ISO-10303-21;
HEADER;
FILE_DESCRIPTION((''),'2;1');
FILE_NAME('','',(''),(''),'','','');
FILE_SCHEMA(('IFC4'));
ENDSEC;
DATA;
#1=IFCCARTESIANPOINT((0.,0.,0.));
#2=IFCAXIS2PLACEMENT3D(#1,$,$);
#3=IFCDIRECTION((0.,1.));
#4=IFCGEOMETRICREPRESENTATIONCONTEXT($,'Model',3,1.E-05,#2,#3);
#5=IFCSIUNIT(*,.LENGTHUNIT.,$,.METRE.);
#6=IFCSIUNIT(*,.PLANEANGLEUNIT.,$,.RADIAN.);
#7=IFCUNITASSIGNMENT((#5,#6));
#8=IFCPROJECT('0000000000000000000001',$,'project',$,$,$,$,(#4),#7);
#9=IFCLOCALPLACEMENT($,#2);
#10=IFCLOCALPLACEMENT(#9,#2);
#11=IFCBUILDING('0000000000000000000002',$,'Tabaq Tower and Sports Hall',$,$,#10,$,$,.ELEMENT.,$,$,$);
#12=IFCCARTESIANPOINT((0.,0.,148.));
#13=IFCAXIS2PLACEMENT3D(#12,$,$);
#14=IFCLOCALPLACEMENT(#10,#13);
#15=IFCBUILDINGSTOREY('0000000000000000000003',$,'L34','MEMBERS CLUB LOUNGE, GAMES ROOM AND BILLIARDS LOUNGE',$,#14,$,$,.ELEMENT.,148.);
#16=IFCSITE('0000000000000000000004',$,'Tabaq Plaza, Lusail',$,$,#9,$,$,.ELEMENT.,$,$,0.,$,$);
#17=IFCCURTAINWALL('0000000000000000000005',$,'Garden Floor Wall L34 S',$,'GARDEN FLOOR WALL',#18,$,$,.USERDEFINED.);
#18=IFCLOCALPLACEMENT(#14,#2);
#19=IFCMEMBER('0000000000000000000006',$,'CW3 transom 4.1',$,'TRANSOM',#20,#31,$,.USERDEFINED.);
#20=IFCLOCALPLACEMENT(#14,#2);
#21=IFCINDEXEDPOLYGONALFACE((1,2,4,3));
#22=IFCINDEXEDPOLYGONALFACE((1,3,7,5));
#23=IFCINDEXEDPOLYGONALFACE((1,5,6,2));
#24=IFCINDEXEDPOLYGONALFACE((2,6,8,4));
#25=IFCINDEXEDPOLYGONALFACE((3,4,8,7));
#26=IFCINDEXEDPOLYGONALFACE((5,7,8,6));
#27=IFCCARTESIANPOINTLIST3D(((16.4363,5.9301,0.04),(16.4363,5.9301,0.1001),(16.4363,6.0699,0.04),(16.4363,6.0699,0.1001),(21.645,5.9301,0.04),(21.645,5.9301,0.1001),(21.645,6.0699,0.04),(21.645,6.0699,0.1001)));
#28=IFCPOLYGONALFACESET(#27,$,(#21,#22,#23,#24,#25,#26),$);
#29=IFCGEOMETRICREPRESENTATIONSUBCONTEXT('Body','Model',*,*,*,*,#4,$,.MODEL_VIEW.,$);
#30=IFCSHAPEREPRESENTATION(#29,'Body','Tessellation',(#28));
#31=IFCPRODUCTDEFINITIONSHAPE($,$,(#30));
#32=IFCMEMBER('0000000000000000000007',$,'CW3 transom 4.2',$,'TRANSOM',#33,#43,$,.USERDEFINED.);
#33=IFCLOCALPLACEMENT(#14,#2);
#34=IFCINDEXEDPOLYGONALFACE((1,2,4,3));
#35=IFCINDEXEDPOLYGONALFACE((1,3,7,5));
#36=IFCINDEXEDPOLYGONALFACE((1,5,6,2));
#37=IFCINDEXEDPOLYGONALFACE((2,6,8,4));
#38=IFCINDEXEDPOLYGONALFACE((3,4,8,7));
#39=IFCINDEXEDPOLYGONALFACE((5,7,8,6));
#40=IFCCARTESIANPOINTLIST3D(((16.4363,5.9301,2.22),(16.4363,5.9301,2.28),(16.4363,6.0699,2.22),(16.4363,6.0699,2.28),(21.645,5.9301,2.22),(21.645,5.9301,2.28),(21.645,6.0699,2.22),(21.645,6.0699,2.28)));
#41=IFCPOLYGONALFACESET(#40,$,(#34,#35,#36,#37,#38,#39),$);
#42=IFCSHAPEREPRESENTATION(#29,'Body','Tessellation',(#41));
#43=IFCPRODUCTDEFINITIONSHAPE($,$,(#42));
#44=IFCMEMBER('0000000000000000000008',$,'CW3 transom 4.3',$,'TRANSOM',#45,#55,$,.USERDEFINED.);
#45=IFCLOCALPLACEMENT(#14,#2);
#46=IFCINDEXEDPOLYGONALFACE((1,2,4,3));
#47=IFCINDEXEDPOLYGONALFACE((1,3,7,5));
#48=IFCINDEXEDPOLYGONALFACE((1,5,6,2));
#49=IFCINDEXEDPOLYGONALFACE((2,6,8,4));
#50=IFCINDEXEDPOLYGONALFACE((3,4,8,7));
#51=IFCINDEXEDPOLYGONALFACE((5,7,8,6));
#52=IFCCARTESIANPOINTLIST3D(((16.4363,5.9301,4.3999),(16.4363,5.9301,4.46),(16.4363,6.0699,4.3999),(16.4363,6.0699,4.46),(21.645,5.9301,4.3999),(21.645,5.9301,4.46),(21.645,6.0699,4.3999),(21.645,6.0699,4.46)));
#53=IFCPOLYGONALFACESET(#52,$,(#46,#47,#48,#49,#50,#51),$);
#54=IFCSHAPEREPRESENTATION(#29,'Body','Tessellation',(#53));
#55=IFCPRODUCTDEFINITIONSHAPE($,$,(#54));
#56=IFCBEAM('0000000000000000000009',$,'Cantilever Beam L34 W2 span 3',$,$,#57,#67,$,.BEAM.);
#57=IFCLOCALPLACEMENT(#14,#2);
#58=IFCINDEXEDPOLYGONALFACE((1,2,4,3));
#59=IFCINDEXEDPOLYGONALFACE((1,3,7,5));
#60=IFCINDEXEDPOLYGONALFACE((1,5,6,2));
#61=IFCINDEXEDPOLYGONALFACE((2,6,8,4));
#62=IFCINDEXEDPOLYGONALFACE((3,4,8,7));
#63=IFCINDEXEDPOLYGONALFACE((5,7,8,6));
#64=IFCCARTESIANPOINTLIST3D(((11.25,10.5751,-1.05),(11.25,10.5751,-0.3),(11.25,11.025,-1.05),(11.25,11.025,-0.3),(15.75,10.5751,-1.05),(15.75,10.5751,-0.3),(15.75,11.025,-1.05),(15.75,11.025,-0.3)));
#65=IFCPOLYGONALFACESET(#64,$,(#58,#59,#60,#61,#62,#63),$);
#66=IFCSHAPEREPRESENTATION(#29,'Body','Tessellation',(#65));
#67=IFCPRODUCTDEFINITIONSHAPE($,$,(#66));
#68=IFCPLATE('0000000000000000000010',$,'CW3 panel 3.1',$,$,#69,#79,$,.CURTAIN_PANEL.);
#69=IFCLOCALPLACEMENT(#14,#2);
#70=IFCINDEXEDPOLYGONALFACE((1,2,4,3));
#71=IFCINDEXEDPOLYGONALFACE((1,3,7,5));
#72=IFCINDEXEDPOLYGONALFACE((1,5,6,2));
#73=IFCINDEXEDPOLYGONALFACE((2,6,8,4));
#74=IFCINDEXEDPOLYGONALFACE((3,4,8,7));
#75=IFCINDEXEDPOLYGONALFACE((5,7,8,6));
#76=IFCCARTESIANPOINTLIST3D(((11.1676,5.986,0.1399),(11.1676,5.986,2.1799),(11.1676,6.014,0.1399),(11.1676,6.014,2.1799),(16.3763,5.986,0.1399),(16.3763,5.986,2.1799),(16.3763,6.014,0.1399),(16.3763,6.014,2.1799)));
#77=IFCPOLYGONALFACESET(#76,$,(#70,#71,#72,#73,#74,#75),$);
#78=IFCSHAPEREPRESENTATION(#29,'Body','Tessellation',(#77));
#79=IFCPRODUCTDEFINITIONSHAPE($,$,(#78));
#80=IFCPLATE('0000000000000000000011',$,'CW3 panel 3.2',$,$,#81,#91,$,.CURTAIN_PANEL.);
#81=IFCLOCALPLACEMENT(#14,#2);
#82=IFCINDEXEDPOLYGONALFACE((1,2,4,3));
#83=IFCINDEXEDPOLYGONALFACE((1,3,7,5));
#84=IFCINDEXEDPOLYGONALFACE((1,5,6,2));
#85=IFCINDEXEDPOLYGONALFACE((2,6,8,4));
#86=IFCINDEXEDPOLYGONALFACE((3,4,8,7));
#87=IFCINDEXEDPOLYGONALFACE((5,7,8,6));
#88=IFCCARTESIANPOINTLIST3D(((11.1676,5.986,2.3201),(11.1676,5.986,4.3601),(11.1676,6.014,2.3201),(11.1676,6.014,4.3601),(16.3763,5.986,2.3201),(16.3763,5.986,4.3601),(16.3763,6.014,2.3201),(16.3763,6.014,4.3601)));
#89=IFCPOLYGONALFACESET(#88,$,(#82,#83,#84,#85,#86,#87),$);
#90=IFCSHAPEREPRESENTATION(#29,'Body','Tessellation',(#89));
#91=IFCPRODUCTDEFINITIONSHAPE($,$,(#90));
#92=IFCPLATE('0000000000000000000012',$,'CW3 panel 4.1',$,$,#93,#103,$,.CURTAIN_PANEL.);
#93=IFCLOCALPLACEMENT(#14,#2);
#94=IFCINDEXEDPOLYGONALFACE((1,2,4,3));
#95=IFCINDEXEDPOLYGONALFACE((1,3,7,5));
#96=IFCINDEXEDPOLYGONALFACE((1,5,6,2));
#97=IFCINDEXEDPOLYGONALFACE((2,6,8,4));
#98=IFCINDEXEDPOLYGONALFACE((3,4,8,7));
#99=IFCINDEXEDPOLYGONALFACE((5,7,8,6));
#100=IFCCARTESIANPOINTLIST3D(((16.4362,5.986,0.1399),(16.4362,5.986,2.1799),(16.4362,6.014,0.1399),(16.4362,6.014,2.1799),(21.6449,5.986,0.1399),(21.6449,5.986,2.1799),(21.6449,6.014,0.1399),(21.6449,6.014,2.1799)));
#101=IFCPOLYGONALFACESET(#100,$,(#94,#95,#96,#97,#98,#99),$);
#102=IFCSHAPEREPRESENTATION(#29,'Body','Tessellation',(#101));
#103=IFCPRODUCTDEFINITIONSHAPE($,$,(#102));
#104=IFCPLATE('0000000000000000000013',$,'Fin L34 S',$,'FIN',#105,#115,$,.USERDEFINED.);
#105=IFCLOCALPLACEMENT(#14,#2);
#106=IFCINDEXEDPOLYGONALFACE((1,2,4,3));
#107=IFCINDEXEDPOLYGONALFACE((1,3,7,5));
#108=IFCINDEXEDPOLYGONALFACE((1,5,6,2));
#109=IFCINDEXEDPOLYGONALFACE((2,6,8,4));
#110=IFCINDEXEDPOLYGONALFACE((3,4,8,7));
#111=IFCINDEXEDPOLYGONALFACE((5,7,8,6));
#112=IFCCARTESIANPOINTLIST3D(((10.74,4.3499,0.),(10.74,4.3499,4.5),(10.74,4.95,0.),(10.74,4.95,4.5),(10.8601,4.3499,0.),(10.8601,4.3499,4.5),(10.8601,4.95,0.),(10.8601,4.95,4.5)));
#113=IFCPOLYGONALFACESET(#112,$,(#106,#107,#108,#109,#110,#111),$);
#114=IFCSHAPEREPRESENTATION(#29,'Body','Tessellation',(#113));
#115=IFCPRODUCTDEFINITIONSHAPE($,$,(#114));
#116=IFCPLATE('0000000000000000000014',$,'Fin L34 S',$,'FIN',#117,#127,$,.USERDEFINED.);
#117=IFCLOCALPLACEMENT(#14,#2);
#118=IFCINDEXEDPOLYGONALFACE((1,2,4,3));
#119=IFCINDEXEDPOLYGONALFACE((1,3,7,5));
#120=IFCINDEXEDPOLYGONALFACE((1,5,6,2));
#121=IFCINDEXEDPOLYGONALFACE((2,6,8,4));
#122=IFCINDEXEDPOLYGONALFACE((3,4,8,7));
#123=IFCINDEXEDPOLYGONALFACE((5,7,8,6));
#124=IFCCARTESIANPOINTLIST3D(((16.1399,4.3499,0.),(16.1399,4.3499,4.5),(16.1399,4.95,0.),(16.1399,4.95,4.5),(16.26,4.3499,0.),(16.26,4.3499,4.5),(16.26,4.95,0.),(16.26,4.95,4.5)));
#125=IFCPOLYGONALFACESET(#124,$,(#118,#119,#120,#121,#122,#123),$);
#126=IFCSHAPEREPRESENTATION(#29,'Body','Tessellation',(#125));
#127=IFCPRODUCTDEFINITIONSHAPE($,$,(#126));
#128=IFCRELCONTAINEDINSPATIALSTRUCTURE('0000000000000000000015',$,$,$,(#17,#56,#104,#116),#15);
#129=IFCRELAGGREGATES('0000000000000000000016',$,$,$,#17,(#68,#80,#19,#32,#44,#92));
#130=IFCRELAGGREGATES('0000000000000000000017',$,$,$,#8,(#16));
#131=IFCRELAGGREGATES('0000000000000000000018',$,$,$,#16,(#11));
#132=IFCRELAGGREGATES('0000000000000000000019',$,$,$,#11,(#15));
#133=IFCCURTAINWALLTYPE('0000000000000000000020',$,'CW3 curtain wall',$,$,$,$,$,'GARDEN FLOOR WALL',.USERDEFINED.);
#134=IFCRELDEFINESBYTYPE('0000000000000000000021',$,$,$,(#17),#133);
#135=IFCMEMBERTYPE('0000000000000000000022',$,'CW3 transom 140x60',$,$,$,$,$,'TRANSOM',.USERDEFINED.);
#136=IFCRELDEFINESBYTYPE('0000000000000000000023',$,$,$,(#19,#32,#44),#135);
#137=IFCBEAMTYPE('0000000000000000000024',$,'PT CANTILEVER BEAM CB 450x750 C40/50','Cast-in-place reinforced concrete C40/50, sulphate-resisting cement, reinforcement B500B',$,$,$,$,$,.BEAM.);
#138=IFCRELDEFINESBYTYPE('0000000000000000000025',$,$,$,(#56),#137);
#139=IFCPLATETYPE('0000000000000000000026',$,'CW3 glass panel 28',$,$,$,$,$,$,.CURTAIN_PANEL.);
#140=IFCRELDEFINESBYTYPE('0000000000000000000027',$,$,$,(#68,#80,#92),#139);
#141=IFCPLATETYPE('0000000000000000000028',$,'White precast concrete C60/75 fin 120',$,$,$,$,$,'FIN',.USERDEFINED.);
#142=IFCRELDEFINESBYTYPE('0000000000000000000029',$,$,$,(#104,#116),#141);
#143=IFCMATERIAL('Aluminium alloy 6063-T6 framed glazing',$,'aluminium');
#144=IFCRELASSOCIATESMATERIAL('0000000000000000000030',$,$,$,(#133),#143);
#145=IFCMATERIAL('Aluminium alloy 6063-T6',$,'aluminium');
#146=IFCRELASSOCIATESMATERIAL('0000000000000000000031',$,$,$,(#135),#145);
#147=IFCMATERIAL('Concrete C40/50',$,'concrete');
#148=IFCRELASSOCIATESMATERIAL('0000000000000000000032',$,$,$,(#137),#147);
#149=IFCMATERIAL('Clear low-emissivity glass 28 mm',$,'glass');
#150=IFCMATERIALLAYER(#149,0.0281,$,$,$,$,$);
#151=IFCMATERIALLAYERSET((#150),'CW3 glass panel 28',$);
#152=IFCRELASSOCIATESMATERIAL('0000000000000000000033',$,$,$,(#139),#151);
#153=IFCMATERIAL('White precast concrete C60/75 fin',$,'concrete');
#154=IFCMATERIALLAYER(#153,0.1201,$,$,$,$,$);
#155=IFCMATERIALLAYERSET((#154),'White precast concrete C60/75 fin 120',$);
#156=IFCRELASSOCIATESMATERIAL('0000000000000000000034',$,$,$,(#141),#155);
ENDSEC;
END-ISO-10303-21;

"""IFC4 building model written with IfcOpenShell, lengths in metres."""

from ifc_helpers import new_model, si_unit, direction, frame, origin, origin_2d, place, context, subcontext, project, spatial, rectangle, extrude, material, layer, layer_set, material_profile, profile_set, type_object, element, aggregate, save


model = new_model("IFC4")

# Units and contexts
model_context = context("Model", 3, precision=1e-05, world=origin(), true_north=direction((0.0, 1.0)))
body_context = subcontext(model_context, "Body", "Model", "MODEL_VIEW")
ifc_project = project(units=[si_unit("LENGTHUNIT", "METRE"), si_unit("PLANEANGLEUNIT", "RADIAN")], contexts=[model_context])

# Site, building, storey
site_placement = place(None, origin())
site = spatial("IfcSite", under=ifc_project, at=site_placement, Name="Tabaq Plaza, Lusail", CompositionType="ELEMENT", RefElevation=0.0)
building_placement = place(site_placement, origin())
building = spatial("IfcBuilding", under=site, at=building_placement, Name="Tabaq Tower and Sports Hall", CompositionType="ELEMENT")
storey_placement = place(building_placement, frame((0.0, 0.0, 148.0)))
storey = spatial("IfcBuildingStorey", under=building, at=storey_placement, Name="L34", Description="MEMBERS CLUB LOUNGE, GAMES ROOM AND BILLIARDS LOUNGE", CompositionType="ELEMENT", Elevation=148.0)

# Curtain wall, members
ifc_material_1 = material(Name="Aluminium alloy 6063-T6 framed glazing", Category="aluminium")
curtain_wall_type_1 = type_object("IfcCurtainWallType", Name="CW3 curtain wall", ElementType="GARDEN FLOOR WALL", PredefinedType="USERDEFINED", material=ifc_material_1)
curtain_wall_1_placement = place(storey_placement, origin())
curtain_wall_1 = element("IfcCurtainWall", 1, at=curtain_wall_1_placement, inside=storey, type_object=curtain_wall_type_1, Name="Garden Floor Wall L34 S", ObjectType="GARDEN FLOOR WALL", PredefinedType="USERDEFINED")
ifc_material_2 = material(Name="Aluminium alloy 6063-T6", Category="aluminium")
ifc_material_profile_1 = material_profile(ifc_material_2, rectangle(XDim=0.1399, YDim=0.0601, at=origin_2d()), Name="TRANSOM 140x60")
ifc_profile_set_1 = profile_set([ifc_material_profile_1], Name="Aluminium alloy 6063-T6")
member_type_1 = type_object("IfcMemberType", Name="CW3 transom 140x60", ElementType="TRANSOM", PredefinedType="USERDEFINED", material=ifc_profile_set_1)
member_1_placement = place(storey_placement, frame((16.4363, 6.0, 0.0701), z_axis=(1.0, 0.0, 0.0), x_axis=(0.0, 1.0, 0.0)))
member_1 = element("IfcMember", 2, at=member_1_placement, type_object=member_type_1, Name="CW3 transom 4.1", ObjectType="TRANSOM", PredefinedType="USERDEFINED", context=body_context, shape_type="SweptSolid", body=[
    extrude(rectangle(XDim=0.1399, YDim=0.0601, at=origin_2d()), origin(), (0.0, 0.0, 1.0), 5.2087),
])
member_2_placement = place(storey_placement, frame((16.4363, 6.0, 2.25), z_axis=(1.0, 0.0, 0.0), x_axis=(0.0, 1.0, 0.0)))
member_2 = element("IfcMember", 3, at=member_2_placement, type_object=member_type_1, Name="CW3 transom 4.2", ObjectType="TRANSOM", PredefinedType="USERDEFINED", context=body_context, shape_type="SweptSolid", body=[
    extrude(rectangle(XDim=0.1399, YDim=0.0601, at=origin_2d()), origin(), (0.0, 0.0, 1.0), 5.2087),
])
member_3_placement = place(storey_placement, frame((16.4363, 6.0, 4.4299), z_axis=(1.0, 0.0, 0.0), x_axis=(0.0, 1.0, 0.0)))
member_3 = element("IfcMember", 4, at=member_3_placement, type_object=member_type_1, Name="CW3 transom 4.3", ObjectType="TRANSOM", PredefinedType="USERDEFINED", context=body_context, shape_type="SweptSolid", body=[
    extrude(rectangle(XDim=0.1399, YDim=0.0601, at=origin_2d()), origin(), (0.0, 0.0, 1.0), 5.2087),
])

# Beam
ifc_material_3 = material(Name="Concrete C40/50", Category="concrete")
ifc_material_profile_2 = material_profile(ifc_material_3, rectangle(XDim=0.45, YDim=0.75, at=origin_2d()), Name="CB 450x750")
ifc_profile_set_2 = profile_set([ifc_material_profile_2], Name="Concrete C40/50")
beam_type = type_object("IfcBeamType", Name="PT CANTILEVER BEAM CB 450x750 C40/50", Description="Cast-in-place reinforced concrete C40/50, sulphate-resisting cement, reinforcement B500B", PredefinedType="BEAM", material=ifc_profile_set_2)
beam_placement = place(storey_placement, frame((11.25, 10.8, -0.675), z_axis=(1.0, 0.0, 0.0), x_axis=(0.0, 1.0, 0.0)))
element("IfcBeam", 5, at=beam_placement, inside=storey, type_object=beam_type, Name="Cantilever Beam L34 W2 span 3", PredefinedType="BEAM", context=body_context, shape_type="SweptSolid", body=[
    extrude(rectangle(XDim=0.45, YDim=0.75, at=origin_2d()), origin(), (0.0, 0.0, 1.0), 4.5),
])

# Plates
ifc_material_4 = material(Name="Clear low-emissivity glass 28 mm", Category="glass")
ifc_layer_1 = layer(ifc_material_4, 0.0281)
ifc_layer_set_1 = layer_set([ifc_layer_1], Name="CW3 glass panel 28")
plate_type_1 = type_object("IfcPlateType", Name="CW3 glass panel 28", PredefinedType="CURTAIN_PANEL", material=ifc_layer_set_1)
plate_1_placement = place(storey_placement, frame((13.772, 6.0, 0.1399), z_axis=(0.0, 0.0, 1.0), x_axis=(1.0, 0.0, 0.0)))
plate_1 = element("IfcPlate", 6, at=plate_1_placement, type_object=plate_type_1, Name="CW3 panel 3.1", PredefinedType="CURTAIN_PANEL", context=body_context, shape_type="SweptSolid", body=[
    extrude(rectangle(XDim=5.2087, YDim=0.0281, at=origin_2d()), origin(), (0.0, 0.0, 1.0), 2.04),
])
plate_2_placement = place(storey_placement, frame((13.772, 6.0, 2.3201), z_axis=(0.0, 0.0, 1.0), x_axis=(1.0, 0.0, 0.0)))
plate_2 = element("IfcPlate", 7, at=plate_2_placement, type_object=plate_type_1, Name="CW3 panel 3.2", PredefinedType="CURTAIN_PANEL", context=body_context, shape_type="SweptSolid", body=[
    extrude(rectangle(XDim=5.2087, YDim=0.0281, at=origin_2d()), origin(), (0.0, 0.0, 1.0), 2.04),
])
plate_3_placement = place(storey_placement, frame((19.0405, 6.0, 0.1399), z_axis=(0.0, 0.0, 1.0), x_axis=(1.0, 0.0, 0.0)))
plate_3 = element("IfcPlate", 8, at=plate_3_placement, type_object=plate_type_1, Name="CW3 panel 4.1", PredefinedType="CURTAIN_PANEL", context=body_context, shape_type="SweptSolid", body=[
    extrude(rectangle(XDim=5.2087, YDim=0.0281, at=origin_2d()), origin(), (0.0, 0.0, 1.0), 2.04),
])
aggregate(curtain_wall_1, [plate_1, plate_2, member_1, member_2, member_3, plate_3])

# Plates
ifc_material_5 = material(Name="White precast concrete C60/75 fin", Category="concrete")
ifc_layer_2 = layer(ifc_material_5, 0.1201)
ifc_layer_set_2 = layer_set([ifc_layer_2], Name="White precast concrete C60/75 fin 120")
plate_type_2 = type_object("IfcPlateType", Name="White precast concrete C60/75 fin 120", ElementType="FIN", PredefinedType="USERDEFINED", material=ifc_layer_set_2)
for number, where, z_axis, x_axis, name in (
    (9, (10.8, 4.6499, 0.0), (0.0, 0.0, 1.0), (1.0, 0.0, 0.0), "Fin L34 S"),
    (10, (16.2, 4.6499, 0.0), (0.0, 0.0, 1.0), (1.0, 0.0, 0.0), "Fin L34 S"),
):
    element("IfcPlate", number, at=place(storey_placement, frame(where, z_axis=z_axis, x_axis=x_axis)), inside=storey, type_object=plate_type_2, Name=name, ObjectType="FIN", PredefinedType="USERDEFINED", context=body_context, shape_type="SweptSolid", body=[
        extrude(rectangle(XDim=0.1201, YDim=0.6001, at=origin_2d()), origin(), (0.0, 0.0, 1.0), 4.5),
    ])

save(model, "model.ifc")
